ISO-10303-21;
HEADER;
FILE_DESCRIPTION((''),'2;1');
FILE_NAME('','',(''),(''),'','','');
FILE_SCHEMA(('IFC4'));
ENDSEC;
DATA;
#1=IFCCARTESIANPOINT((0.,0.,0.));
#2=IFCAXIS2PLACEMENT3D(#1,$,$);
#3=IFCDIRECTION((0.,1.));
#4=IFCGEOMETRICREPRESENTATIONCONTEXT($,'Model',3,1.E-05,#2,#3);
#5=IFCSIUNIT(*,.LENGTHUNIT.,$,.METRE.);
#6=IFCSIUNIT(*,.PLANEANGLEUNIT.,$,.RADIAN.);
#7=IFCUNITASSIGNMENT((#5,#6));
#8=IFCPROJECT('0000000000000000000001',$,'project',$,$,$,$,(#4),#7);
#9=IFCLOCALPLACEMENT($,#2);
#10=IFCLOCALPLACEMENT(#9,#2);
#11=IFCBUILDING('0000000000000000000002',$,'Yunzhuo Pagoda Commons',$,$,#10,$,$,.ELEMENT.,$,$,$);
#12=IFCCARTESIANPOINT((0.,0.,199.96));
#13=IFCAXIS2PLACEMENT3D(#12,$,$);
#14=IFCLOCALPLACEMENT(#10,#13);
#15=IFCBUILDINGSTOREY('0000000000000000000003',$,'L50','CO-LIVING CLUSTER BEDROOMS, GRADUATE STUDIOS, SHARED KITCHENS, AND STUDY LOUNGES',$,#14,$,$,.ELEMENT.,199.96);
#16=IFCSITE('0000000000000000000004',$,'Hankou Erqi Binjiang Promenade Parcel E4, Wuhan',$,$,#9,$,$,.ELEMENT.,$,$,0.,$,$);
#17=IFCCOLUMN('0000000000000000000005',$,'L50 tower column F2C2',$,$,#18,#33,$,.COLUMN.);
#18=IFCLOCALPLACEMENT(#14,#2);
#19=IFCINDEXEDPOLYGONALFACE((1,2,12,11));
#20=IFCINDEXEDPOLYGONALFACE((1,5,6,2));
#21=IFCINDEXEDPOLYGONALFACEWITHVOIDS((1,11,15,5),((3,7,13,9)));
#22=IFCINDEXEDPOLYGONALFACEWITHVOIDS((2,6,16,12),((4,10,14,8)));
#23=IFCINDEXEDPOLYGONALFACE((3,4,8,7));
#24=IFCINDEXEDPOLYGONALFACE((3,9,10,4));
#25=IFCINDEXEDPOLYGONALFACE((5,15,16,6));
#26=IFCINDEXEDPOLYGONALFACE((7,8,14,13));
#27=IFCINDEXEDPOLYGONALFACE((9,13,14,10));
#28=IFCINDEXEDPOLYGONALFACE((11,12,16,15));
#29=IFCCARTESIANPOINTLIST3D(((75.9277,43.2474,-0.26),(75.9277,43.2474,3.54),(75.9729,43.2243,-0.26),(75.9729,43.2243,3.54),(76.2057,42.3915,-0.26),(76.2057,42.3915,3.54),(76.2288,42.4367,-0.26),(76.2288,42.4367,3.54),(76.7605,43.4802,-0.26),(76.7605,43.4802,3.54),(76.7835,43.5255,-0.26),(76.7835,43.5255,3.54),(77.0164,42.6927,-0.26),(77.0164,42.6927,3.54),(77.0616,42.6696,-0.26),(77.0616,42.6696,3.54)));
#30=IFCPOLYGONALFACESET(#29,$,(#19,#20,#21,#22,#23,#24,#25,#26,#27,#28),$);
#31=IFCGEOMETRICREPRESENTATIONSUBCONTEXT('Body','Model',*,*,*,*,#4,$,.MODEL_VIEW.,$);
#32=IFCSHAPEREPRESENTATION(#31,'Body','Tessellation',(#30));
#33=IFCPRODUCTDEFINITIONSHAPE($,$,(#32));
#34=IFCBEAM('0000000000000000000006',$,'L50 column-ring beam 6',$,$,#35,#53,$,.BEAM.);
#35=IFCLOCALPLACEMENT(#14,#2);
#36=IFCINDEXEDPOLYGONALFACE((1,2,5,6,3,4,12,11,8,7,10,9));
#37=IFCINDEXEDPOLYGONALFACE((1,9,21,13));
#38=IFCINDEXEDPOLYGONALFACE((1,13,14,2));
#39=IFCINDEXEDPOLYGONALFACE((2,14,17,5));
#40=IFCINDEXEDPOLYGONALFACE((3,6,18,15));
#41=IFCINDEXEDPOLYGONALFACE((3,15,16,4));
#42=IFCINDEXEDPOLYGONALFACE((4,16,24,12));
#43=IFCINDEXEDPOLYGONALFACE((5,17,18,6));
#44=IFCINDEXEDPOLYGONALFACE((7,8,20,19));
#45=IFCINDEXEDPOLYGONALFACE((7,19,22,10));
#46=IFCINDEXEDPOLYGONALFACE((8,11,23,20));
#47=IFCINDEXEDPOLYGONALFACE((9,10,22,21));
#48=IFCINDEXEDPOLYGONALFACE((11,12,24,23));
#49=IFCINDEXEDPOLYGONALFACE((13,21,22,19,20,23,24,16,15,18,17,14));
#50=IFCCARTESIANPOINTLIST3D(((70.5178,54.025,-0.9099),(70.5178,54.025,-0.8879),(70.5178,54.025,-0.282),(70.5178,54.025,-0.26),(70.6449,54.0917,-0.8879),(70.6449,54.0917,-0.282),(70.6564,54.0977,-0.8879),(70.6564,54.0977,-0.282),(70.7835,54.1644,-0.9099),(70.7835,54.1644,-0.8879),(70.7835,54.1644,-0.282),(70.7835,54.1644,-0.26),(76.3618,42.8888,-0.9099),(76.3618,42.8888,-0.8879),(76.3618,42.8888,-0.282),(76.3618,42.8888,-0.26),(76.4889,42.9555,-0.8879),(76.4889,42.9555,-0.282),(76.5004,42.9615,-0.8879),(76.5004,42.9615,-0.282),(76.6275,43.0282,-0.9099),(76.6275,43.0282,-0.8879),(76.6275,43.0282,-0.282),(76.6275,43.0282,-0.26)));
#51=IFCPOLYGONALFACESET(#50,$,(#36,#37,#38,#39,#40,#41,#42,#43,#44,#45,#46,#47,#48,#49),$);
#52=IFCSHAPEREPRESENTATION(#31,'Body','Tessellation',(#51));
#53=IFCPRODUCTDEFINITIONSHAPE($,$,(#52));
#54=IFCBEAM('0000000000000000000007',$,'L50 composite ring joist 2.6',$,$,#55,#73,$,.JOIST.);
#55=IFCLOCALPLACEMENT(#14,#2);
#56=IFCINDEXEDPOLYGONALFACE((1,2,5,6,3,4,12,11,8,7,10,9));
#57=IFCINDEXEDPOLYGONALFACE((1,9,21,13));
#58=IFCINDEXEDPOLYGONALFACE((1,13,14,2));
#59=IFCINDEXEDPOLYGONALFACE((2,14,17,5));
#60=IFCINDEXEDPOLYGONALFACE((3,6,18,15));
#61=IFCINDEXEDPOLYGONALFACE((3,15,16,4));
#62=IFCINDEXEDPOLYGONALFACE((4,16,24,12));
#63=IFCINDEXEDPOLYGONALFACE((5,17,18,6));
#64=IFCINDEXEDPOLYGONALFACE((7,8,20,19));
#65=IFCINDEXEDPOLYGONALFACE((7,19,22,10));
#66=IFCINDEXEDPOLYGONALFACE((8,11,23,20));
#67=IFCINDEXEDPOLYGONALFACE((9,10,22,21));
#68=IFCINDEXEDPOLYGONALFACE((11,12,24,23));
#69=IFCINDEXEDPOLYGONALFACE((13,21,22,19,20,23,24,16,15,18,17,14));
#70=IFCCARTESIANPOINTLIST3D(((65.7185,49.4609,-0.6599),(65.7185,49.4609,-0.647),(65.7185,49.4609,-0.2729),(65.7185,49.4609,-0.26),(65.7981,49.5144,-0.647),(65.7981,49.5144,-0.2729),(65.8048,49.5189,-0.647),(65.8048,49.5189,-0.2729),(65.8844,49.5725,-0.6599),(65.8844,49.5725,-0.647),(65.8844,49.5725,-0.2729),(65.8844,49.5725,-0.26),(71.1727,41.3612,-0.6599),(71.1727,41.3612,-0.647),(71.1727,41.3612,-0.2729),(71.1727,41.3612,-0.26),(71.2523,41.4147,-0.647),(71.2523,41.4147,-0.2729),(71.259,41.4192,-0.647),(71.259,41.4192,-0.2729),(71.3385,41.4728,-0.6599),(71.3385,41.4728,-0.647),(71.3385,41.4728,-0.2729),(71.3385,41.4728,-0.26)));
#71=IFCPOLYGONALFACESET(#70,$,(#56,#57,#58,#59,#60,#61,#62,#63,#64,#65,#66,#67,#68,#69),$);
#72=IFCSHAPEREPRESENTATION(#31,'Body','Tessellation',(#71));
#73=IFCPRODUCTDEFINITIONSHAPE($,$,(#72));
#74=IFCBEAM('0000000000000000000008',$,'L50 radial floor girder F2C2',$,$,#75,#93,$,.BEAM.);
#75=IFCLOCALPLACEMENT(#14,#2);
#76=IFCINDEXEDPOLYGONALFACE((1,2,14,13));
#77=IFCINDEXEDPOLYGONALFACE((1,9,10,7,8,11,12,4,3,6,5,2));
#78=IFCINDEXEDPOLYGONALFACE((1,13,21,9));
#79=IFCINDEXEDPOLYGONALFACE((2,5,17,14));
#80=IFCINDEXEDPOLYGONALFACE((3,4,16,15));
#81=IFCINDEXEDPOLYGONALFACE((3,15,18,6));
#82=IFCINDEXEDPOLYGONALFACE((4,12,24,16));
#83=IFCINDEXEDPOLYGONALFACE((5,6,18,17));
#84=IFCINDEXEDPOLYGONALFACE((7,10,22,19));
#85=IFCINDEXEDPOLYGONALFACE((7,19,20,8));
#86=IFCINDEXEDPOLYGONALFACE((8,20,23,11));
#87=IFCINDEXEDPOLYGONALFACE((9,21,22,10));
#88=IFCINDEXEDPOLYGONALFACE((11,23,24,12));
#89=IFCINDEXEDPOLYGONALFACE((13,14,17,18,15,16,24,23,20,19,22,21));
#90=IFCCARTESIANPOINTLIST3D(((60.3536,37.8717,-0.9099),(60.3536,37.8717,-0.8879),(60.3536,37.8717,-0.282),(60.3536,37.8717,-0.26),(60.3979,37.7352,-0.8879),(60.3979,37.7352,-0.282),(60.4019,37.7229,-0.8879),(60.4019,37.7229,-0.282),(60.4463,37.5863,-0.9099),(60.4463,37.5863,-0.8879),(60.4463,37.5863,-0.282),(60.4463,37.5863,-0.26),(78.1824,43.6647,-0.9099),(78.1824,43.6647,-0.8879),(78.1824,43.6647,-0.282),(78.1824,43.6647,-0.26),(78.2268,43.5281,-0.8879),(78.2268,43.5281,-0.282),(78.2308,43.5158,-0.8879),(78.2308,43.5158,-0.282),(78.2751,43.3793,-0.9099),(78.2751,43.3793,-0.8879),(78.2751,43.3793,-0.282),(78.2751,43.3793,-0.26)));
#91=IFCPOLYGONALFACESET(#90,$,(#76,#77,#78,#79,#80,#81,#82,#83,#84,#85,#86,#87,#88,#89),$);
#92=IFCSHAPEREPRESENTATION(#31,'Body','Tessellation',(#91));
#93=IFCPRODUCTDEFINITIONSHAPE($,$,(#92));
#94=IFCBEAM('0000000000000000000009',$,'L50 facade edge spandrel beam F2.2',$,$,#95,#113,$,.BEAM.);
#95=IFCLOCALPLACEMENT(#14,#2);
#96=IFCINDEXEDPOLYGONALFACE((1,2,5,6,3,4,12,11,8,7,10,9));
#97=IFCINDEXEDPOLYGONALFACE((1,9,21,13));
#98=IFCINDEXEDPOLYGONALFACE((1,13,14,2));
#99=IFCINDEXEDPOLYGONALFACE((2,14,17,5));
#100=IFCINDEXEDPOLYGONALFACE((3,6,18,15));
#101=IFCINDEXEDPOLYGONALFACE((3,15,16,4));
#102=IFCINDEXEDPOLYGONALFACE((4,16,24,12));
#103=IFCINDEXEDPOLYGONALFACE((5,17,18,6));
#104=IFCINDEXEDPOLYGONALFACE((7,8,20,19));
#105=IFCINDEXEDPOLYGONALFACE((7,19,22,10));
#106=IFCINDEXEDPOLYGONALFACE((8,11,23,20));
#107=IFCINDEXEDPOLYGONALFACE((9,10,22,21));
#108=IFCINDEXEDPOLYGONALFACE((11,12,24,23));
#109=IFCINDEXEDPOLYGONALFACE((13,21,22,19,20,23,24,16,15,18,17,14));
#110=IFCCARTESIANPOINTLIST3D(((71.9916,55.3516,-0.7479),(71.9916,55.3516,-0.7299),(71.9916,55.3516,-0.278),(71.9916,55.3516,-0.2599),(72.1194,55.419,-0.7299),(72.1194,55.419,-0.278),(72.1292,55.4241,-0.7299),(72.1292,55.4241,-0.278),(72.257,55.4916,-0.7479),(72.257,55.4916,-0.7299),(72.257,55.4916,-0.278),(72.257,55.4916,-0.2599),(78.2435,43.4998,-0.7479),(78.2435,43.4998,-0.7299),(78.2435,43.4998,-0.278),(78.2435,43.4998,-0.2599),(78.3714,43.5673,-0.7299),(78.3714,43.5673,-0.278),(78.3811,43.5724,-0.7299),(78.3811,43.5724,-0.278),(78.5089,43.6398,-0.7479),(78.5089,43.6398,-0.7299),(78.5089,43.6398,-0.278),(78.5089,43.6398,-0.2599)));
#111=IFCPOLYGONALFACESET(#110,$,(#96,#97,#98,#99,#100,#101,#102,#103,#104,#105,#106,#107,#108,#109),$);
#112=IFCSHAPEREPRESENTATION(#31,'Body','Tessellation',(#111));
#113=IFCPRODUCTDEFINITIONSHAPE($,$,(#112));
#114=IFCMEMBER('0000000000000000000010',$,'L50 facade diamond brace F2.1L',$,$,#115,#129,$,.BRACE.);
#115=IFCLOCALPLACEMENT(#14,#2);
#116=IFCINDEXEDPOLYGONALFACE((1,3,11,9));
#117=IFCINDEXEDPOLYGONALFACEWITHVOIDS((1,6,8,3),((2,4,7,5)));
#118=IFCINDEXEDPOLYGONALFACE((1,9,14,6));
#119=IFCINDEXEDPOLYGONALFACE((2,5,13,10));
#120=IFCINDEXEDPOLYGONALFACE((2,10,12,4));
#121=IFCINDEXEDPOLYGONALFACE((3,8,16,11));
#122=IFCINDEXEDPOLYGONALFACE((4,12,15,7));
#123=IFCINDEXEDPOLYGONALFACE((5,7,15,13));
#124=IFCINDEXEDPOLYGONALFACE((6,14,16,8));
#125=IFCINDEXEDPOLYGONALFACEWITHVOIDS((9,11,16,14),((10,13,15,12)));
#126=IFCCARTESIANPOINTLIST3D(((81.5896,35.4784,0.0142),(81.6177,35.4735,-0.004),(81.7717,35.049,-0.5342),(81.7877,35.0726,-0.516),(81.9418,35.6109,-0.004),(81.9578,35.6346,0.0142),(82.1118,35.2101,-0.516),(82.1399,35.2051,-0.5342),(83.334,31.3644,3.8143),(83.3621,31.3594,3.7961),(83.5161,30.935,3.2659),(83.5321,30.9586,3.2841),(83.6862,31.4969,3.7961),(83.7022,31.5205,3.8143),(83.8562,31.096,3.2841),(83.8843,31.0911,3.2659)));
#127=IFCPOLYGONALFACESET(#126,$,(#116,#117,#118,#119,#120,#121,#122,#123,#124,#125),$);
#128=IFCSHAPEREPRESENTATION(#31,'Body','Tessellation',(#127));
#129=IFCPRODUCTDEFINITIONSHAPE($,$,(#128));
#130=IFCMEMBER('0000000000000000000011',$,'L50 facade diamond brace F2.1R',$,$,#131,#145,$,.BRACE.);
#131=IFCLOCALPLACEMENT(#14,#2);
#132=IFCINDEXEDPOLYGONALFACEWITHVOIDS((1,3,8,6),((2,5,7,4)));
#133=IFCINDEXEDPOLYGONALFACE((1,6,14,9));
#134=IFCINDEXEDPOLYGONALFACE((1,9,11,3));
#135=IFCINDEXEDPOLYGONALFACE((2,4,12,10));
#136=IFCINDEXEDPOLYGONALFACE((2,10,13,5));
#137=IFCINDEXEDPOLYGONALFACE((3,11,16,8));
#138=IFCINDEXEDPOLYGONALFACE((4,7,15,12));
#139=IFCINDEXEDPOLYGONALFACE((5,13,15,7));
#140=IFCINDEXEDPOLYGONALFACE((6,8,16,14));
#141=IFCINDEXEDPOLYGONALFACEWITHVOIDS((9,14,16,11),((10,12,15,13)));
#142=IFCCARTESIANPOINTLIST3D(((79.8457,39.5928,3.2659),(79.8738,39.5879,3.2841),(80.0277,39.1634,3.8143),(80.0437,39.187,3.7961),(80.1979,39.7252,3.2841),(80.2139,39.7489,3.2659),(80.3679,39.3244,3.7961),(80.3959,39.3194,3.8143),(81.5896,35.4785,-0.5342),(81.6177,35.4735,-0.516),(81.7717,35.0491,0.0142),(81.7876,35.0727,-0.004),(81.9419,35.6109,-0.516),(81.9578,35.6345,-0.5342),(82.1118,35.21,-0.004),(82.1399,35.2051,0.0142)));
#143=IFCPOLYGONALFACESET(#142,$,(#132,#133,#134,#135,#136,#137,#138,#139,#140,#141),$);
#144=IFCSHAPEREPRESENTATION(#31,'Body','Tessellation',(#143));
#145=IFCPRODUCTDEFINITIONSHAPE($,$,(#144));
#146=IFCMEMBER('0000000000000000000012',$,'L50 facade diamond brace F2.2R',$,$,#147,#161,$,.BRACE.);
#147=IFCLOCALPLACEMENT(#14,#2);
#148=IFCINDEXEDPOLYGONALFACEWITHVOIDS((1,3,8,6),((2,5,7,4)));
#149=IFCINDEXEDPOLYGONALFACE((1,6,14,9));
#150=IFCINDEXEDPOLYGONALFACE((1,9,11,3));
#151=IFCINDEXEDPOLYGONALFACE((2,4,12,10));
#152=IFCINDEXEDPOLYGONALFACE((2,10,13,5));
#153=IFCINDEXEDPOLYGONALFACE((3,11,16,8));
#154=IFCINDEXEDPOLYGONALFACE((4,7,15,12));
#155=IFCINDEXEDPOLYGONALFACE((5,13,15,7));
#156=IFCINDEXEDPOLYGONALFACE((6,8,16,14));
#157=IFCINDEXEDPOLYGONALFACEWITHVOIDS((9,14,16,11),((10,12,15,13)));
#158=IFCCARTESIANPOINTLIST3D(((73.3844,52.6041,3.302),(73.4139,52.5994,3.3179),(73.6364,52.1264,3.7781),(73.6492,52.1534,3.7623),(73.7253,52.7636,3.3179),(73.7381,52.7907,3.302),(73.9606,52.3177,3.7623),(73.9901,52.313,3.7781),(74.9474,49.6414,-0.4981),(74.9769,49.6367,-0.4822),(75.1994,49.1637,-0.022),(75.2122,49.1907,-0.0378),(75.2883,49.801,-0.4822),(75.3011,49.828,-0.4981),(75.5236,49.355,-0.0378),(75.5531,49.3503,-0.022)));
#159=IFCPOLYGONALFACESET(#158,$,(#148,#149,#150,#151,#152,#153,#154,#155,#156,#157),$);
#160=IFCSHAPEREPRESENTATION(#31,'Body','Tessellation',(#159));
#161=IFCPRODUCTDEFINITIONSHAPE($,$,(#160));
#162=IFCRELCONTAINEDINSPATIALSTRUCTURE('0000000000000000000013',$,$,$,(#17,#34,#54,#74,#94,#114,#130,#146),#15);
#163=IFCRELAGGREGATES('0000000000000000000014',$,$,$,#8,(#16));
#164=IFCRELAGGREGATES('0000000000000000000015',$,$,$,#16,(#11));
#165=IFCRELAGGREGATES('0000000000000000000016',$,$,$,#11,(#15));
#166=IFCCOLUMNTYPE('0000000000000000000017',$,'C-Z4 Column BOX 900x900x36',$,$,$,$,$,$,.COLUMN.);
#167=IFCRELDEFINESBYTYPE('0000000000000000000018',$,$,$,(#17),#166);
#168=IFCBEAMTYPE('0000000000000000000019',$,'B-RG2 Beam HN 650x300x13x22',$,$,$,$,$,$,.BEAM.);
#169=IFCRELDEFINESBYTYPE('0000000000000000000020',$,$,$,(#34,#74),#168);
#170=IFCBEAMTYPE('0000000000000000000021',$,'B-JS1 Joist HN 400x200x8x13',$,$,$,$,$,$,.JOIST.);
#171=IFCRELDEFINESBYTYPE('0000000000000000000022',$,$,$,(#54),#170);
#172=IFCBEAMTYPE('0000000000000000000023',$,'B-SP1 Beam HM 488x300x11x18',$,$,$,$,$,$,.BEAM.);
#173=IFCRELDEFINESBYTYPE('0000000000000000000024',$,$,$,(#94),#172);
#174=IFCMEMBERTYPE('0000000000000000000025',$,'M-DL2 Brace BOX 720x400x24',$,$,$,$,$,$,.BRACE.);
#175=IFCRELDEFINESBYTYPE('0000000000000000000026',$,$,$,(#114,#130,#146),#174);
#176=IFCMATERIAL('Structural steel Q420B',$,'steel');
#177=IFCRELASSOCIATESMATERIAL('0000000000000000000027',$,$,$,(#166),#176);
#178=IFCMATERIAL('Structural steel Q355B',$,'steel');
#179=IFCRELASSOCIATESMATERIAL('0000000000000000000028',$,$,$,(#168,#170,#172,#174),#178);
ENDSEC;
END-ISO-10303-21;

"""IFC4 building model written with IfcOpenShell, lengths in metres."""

from ifc_helpers import new_model, si_unit, direction, frame, origin, origin_2d, place, context, subcontext, project, spatial, hollow_rectangle, i_section, extrude, source, transform, mapped, material, material_profile, profile_set, type_object, element, save


model = new_model("IFC4")

# Units and contexts
model_context = context("Model", 3, precision=1e-05, world=origin(), true_north=direction((0.0, 1.0)))
body_context = subcontext(model_context, "Body", "Model", "MODEL_VIEW")
ifc_project = project(units=[si_unit("LENGTHUNIT", "METRE"), si_unit("PLANEANGLEUNIT", "RADIAN")], contexts=[model_context])

# Site, building, storey
site_placement = place(None, origin())
site = spatial("IfcSite", under=ifc_project, at=site_placement, Name="Hankou Erqi Binjiang Promenade Parcel E4, Wuhan", CompositionType="ELEMENT", RefElevation=0.0)
building_placement = place(site_placement, origin())
building = spatial("IfcBuilding", under=site, at=building_placement, Name="Yunzhuo Pagoda Commons", CompositionType="ELEMENT")
storey_placement = place(building_placement, frame((0.0, 0.0, 199.96)))
storey = spatial("IfcBuildingStorey", under=building, at=storey_placement, Name="L50", Description="CO-LIVING CLUSTER BEDROOMS, GRADUATE STUDIOS, SHARED KITCHENS, AND STUDY LOUNGES", CompositionType="ELEMENT", Elevation=199.96)

# Column
ifc_material_1 = material(Name="Structural steel Q420B", Category="steel")
ifc_material_profile_1 = material_profile(ifc_material_1, hollow_rectangle(XDim=0.8999, YDim=0.8999, WallThickness=0.0359, at=origin_2d()), Name="Structural steel Q420B")
ifc_profile_set_1 = profile_set([ifc_material_profile_1], Name="Structural steel Q420B")
column_type = type_object("IfcColumnType", Name="C-Z4 Column BOX 900x900x36", PredefinedType="COLUMN", material=ifc_profile_set_1)
shared_shape_1 = source(origin(), body_context, "Body", "SweptSolid", [
    extrude(hollow_rectangle(XDim=0.8999, YDim=0.8999, WallThickness=0.0359, at=origin_2d()), origin(), (0.0, 0.0, 1.0), 3.8),
])
column_placement = place(storey_placement, frame((76.4946, 42.9585, -0.26), z_axis=(0.0, 0.0, 1.0), x_axis=(-0.309017, 0.951057, 0.0)))
element("IfcColumn", 1, at=column_placement, inside=storey, type_object=column_type, Name="L50 tower column F2C2", PredefinedType="COLUMN", context=body_context, shape_type="MappedRepresentation", body=[
    mapped(shared_shape_1, transform((0.0, 0.0, 0.0), scale=1.0)),
])

# Beams
ifc_material_2 = material(Name="Structural steel Q355B", Category="steel")
ifc_material_profile_2 = material_profile(ifc_material_2, i_section(OverallWidth=0.3, OverallDepth=0.6499, WebThickness=0.0129, FlangeThickness=0.022, at=origin_2d()), Name="Structural steel Q355B")
ifc_profile_set_2 = profile_set([ifc_material_profile_2], Name="Structural steel Q355B")
beam_type_1 = type_object("IfcBeamType", Name="B-RG2 Beam HN 650x300x13x22", PredefinedType="BEAM", material=ifc_profile_set_2)
shared_shape_2 = source(origin(), body_context, "Body", "SweptSolid", [
    extrude(i_section(OverallWidth=0.3, OverallDepth=0.6499, WebThickness=0.0129, FlangeThickness=0.022, at=origin_2d()), origin(), (0.0, 0.0, 1.0), 12.5764),
])
beam_1_placement = place(storey_placement, frame((76.4946, 42.9585, -0.585), z_axis=(-0.464676, 0.885481, 0.0), x_axis=(-0.885481, -0.464676, 0.0)))
element("IfcBeam", 2, at=beam_1_placement, inside=storey, type_object=beam_type_1, Name="L50 column-ring beam 6", PredefinedType="BEAM", context=body_context, shape_type="MappedRepresentation", body=[
    mapped(shared_shape_2, transform((0.0, 0.0, 0.0), scale=1.0)),
])
ifc_material_profile_3 = material_profile(ifc_material_2, i_section(OverallWidth=0.2, OverallDepth=0.3999, WebThickness=0.0081, FlangeThickness=0.0129, at=origin_2d()), Name="Structural steel Q355B")
ifc_profile_set_3 = profile_set([ifc_material_profile_3], Name="Structural steel Q355B")
beam_type_2 = type_object("IfcBeamType", Name="B-JS1 Joist HN 400x200x8x13", PredefinedType="JOIST", material=ifc_profile_set_3)
shared_shape_3 = source(origin(), body_context, "Body", "SweptSolid", [
    extrude(i_section(OverallWidth=0.2, OverallDepth=0.3999, WebThickness=0.0081, FlangeThickness=0.0129, at=origin_2d()), origin(), (0.0, 0.0, 1.0), 9.7649),
])
beam_2_placement = place(storey_placement, frame((71.2556, 41.417, -0.46), z_axis=(-0.558548, 0.829472, 0.0), x_axis=(-0.829472, -0.558548, 0.0)))
element("IfcBeam", 3, at=beam_2_placement, inside=storey, type_object=beam_type_2, Name="L50 composite ring joist 2.6", PredefinedType="JOIST", context=body_context, shape_type="MappedRepresentation", body=[
    mapped(shared_shape_3, transform((0.0, 0.0, 0.0), scale=1.0)),
])
shared_shape_4 = source(origin(), body_context, "Body", "SweptSolid", [
    extrude(i_section(OverallWidth=0.3, OverallDepth=0.6499, WebThickness=0.0129, FlangeThickness=0.022, at=origin_2d()), origin(), (0.0, 0.0, 1.0), 18.7463),
])
beam_3_placement = place(storey_placement, frame((78.2288, 43.522, -0.585), z_axis=(-0.951056, -0.309018, 0.0), x_axis=(0.309018, -0.951056, 0.0)))
element("IfcBeam", 4, at=beam_3_placement, inside=storey, type_object=beam_type_1, Name="L50 radial floor girder F2C2", PredefinedType="BEAM", context=body_context, shape_type="MappedRepresentation", body=[
    mapped(shared_shape_4, transform((0.0, 0.0, 0.0), scale=1.0)),
])
ifc_material_profile_4 = material_profile(ifc_material_2, i_section(OverallWidth=0.3, OverallDepth=0.488, WebThickness=0.011, FlangeThickness=0.0181, at=origin_2d()), Name="Structural steel Q355B")
ifc_profile_set_4 = profile_set([ifc_material_profile_4], Name="Structural steel Q355B")
beam_type_3 = type_object("IfcBeamType", Name="B-SP1 Beam HM 488x300x11x18", PredefinedType="BEAM", material=ifc_profile_set_4)
shared_shape_5 = source(origin(), body_context, "Body", "SweptSolid", [
    extrude(i_section(OverallWidth=0.3, OverallDepth=0.488, WebThickness=0.011, FlangeThickness=0.0181, at=origin_2d()), origin(), (0.0, 0.0, 1.0), 13.3997),
])
beam_4_placement = place(storey_placement, frame((78.3762, 43.5698, -0.5039), z_axis=(-0.466574, 0.884482, 0.0), x_axis=(-0.884482, -0.466574, 0.0)))
element("IfcBeam", 5, at=beam_4_placement, inside=storey, type_object=beam_type_3, Name="L50 facade edge spandrel beam F2.2", PredefinedType="BEAM", context=body_context, shape_type="MappedRepresentation", body=[
    mapped(shared_shape_5, transform((0.0, 0.0, 0.0), scale=1.0)),
])

# Members
ifc_material_profile_5 = material_profile(ifc_material_2, hollow_rectangle(XDim=0.3999, YDim=0.72, WallThickness=0.0239, at=origin_2d()), Name="Structural steel Q355B")
ifc_profile_set_5 = profile_set([ifc_material_profile_5], Name="Structural steel Q355B")
member_type_1 = type_object("IfcMemberType", Name="M-DL2 Brace BOX 720x400x24", PredefinedType="BRACE", material=ifc_profile_set_5)
shared_shape_6 = source(origin(), body_context, "Body", "SweptSolid", [
    extrude(hollow_rectangle(XDim=0.3999, YDim=0.72, WallThickness=0.0239, at=origin_2d()), origin(), (0.0, 0.0, 1.0), 5.866),
])
for number, where, z_axis, x_axis, name in (
    (6, (81.8647, 35.3418, -0.26), (0.297379, -0.701348, 0.647824), (0.920659, 0.390369, 0.0), "L50 facade diamond brace F2.1L"),
    (7, (81.8647, 35.3418, -0.26), (-0.297294, 0.701387, 0.647821), (-0.920706, -0.390257, 0.0), "L50 facade diamond brace F2.1R"),
):
    element("IfcMember", number, at=place(storey_placement, frame(where, z_axis=z_axis, x_axis=x_axis)), inside=storey, type_object=member_type_1, Name=name, PredefinedType="BRACE", context=body_context, shape_type="MappedRepresentation", body=[
        mapped(shared_shape_6, transform((0.0, 0.0, 0.0), scale=1.0)),
    ])
shared_shape_7 = source(origin(), body_context, "Body", "SweptSolid", [
    extrude(hollow_rectangle(XDim=0.3999, YDim=0.72, WallThickness=0.0239, at=origin_2d()), origin(), (0.0, 0.0, 1.0), 5.0657),
])
member_1_placement = place(storey_placement, frame((75.2502, 49.4958, -0.26), z_axis=(-0.308548, 0.584853, 0.750164), x_axis=(-0.884462, -0.466611, 0.0)))
element("IfcMember", 8, at=member_1_placement, inside=storey, type_object=member_type_1, Name="L50 facade diamond brace F2.2R", PredefinedType="BRACE", context=body_context, shape_type="MappedRepresentation", body=[
    mapped(shared_shape_7, transform((0.0, 0.0, 0.0), scale=1.0)),
])

save(model, "model.ifc")
